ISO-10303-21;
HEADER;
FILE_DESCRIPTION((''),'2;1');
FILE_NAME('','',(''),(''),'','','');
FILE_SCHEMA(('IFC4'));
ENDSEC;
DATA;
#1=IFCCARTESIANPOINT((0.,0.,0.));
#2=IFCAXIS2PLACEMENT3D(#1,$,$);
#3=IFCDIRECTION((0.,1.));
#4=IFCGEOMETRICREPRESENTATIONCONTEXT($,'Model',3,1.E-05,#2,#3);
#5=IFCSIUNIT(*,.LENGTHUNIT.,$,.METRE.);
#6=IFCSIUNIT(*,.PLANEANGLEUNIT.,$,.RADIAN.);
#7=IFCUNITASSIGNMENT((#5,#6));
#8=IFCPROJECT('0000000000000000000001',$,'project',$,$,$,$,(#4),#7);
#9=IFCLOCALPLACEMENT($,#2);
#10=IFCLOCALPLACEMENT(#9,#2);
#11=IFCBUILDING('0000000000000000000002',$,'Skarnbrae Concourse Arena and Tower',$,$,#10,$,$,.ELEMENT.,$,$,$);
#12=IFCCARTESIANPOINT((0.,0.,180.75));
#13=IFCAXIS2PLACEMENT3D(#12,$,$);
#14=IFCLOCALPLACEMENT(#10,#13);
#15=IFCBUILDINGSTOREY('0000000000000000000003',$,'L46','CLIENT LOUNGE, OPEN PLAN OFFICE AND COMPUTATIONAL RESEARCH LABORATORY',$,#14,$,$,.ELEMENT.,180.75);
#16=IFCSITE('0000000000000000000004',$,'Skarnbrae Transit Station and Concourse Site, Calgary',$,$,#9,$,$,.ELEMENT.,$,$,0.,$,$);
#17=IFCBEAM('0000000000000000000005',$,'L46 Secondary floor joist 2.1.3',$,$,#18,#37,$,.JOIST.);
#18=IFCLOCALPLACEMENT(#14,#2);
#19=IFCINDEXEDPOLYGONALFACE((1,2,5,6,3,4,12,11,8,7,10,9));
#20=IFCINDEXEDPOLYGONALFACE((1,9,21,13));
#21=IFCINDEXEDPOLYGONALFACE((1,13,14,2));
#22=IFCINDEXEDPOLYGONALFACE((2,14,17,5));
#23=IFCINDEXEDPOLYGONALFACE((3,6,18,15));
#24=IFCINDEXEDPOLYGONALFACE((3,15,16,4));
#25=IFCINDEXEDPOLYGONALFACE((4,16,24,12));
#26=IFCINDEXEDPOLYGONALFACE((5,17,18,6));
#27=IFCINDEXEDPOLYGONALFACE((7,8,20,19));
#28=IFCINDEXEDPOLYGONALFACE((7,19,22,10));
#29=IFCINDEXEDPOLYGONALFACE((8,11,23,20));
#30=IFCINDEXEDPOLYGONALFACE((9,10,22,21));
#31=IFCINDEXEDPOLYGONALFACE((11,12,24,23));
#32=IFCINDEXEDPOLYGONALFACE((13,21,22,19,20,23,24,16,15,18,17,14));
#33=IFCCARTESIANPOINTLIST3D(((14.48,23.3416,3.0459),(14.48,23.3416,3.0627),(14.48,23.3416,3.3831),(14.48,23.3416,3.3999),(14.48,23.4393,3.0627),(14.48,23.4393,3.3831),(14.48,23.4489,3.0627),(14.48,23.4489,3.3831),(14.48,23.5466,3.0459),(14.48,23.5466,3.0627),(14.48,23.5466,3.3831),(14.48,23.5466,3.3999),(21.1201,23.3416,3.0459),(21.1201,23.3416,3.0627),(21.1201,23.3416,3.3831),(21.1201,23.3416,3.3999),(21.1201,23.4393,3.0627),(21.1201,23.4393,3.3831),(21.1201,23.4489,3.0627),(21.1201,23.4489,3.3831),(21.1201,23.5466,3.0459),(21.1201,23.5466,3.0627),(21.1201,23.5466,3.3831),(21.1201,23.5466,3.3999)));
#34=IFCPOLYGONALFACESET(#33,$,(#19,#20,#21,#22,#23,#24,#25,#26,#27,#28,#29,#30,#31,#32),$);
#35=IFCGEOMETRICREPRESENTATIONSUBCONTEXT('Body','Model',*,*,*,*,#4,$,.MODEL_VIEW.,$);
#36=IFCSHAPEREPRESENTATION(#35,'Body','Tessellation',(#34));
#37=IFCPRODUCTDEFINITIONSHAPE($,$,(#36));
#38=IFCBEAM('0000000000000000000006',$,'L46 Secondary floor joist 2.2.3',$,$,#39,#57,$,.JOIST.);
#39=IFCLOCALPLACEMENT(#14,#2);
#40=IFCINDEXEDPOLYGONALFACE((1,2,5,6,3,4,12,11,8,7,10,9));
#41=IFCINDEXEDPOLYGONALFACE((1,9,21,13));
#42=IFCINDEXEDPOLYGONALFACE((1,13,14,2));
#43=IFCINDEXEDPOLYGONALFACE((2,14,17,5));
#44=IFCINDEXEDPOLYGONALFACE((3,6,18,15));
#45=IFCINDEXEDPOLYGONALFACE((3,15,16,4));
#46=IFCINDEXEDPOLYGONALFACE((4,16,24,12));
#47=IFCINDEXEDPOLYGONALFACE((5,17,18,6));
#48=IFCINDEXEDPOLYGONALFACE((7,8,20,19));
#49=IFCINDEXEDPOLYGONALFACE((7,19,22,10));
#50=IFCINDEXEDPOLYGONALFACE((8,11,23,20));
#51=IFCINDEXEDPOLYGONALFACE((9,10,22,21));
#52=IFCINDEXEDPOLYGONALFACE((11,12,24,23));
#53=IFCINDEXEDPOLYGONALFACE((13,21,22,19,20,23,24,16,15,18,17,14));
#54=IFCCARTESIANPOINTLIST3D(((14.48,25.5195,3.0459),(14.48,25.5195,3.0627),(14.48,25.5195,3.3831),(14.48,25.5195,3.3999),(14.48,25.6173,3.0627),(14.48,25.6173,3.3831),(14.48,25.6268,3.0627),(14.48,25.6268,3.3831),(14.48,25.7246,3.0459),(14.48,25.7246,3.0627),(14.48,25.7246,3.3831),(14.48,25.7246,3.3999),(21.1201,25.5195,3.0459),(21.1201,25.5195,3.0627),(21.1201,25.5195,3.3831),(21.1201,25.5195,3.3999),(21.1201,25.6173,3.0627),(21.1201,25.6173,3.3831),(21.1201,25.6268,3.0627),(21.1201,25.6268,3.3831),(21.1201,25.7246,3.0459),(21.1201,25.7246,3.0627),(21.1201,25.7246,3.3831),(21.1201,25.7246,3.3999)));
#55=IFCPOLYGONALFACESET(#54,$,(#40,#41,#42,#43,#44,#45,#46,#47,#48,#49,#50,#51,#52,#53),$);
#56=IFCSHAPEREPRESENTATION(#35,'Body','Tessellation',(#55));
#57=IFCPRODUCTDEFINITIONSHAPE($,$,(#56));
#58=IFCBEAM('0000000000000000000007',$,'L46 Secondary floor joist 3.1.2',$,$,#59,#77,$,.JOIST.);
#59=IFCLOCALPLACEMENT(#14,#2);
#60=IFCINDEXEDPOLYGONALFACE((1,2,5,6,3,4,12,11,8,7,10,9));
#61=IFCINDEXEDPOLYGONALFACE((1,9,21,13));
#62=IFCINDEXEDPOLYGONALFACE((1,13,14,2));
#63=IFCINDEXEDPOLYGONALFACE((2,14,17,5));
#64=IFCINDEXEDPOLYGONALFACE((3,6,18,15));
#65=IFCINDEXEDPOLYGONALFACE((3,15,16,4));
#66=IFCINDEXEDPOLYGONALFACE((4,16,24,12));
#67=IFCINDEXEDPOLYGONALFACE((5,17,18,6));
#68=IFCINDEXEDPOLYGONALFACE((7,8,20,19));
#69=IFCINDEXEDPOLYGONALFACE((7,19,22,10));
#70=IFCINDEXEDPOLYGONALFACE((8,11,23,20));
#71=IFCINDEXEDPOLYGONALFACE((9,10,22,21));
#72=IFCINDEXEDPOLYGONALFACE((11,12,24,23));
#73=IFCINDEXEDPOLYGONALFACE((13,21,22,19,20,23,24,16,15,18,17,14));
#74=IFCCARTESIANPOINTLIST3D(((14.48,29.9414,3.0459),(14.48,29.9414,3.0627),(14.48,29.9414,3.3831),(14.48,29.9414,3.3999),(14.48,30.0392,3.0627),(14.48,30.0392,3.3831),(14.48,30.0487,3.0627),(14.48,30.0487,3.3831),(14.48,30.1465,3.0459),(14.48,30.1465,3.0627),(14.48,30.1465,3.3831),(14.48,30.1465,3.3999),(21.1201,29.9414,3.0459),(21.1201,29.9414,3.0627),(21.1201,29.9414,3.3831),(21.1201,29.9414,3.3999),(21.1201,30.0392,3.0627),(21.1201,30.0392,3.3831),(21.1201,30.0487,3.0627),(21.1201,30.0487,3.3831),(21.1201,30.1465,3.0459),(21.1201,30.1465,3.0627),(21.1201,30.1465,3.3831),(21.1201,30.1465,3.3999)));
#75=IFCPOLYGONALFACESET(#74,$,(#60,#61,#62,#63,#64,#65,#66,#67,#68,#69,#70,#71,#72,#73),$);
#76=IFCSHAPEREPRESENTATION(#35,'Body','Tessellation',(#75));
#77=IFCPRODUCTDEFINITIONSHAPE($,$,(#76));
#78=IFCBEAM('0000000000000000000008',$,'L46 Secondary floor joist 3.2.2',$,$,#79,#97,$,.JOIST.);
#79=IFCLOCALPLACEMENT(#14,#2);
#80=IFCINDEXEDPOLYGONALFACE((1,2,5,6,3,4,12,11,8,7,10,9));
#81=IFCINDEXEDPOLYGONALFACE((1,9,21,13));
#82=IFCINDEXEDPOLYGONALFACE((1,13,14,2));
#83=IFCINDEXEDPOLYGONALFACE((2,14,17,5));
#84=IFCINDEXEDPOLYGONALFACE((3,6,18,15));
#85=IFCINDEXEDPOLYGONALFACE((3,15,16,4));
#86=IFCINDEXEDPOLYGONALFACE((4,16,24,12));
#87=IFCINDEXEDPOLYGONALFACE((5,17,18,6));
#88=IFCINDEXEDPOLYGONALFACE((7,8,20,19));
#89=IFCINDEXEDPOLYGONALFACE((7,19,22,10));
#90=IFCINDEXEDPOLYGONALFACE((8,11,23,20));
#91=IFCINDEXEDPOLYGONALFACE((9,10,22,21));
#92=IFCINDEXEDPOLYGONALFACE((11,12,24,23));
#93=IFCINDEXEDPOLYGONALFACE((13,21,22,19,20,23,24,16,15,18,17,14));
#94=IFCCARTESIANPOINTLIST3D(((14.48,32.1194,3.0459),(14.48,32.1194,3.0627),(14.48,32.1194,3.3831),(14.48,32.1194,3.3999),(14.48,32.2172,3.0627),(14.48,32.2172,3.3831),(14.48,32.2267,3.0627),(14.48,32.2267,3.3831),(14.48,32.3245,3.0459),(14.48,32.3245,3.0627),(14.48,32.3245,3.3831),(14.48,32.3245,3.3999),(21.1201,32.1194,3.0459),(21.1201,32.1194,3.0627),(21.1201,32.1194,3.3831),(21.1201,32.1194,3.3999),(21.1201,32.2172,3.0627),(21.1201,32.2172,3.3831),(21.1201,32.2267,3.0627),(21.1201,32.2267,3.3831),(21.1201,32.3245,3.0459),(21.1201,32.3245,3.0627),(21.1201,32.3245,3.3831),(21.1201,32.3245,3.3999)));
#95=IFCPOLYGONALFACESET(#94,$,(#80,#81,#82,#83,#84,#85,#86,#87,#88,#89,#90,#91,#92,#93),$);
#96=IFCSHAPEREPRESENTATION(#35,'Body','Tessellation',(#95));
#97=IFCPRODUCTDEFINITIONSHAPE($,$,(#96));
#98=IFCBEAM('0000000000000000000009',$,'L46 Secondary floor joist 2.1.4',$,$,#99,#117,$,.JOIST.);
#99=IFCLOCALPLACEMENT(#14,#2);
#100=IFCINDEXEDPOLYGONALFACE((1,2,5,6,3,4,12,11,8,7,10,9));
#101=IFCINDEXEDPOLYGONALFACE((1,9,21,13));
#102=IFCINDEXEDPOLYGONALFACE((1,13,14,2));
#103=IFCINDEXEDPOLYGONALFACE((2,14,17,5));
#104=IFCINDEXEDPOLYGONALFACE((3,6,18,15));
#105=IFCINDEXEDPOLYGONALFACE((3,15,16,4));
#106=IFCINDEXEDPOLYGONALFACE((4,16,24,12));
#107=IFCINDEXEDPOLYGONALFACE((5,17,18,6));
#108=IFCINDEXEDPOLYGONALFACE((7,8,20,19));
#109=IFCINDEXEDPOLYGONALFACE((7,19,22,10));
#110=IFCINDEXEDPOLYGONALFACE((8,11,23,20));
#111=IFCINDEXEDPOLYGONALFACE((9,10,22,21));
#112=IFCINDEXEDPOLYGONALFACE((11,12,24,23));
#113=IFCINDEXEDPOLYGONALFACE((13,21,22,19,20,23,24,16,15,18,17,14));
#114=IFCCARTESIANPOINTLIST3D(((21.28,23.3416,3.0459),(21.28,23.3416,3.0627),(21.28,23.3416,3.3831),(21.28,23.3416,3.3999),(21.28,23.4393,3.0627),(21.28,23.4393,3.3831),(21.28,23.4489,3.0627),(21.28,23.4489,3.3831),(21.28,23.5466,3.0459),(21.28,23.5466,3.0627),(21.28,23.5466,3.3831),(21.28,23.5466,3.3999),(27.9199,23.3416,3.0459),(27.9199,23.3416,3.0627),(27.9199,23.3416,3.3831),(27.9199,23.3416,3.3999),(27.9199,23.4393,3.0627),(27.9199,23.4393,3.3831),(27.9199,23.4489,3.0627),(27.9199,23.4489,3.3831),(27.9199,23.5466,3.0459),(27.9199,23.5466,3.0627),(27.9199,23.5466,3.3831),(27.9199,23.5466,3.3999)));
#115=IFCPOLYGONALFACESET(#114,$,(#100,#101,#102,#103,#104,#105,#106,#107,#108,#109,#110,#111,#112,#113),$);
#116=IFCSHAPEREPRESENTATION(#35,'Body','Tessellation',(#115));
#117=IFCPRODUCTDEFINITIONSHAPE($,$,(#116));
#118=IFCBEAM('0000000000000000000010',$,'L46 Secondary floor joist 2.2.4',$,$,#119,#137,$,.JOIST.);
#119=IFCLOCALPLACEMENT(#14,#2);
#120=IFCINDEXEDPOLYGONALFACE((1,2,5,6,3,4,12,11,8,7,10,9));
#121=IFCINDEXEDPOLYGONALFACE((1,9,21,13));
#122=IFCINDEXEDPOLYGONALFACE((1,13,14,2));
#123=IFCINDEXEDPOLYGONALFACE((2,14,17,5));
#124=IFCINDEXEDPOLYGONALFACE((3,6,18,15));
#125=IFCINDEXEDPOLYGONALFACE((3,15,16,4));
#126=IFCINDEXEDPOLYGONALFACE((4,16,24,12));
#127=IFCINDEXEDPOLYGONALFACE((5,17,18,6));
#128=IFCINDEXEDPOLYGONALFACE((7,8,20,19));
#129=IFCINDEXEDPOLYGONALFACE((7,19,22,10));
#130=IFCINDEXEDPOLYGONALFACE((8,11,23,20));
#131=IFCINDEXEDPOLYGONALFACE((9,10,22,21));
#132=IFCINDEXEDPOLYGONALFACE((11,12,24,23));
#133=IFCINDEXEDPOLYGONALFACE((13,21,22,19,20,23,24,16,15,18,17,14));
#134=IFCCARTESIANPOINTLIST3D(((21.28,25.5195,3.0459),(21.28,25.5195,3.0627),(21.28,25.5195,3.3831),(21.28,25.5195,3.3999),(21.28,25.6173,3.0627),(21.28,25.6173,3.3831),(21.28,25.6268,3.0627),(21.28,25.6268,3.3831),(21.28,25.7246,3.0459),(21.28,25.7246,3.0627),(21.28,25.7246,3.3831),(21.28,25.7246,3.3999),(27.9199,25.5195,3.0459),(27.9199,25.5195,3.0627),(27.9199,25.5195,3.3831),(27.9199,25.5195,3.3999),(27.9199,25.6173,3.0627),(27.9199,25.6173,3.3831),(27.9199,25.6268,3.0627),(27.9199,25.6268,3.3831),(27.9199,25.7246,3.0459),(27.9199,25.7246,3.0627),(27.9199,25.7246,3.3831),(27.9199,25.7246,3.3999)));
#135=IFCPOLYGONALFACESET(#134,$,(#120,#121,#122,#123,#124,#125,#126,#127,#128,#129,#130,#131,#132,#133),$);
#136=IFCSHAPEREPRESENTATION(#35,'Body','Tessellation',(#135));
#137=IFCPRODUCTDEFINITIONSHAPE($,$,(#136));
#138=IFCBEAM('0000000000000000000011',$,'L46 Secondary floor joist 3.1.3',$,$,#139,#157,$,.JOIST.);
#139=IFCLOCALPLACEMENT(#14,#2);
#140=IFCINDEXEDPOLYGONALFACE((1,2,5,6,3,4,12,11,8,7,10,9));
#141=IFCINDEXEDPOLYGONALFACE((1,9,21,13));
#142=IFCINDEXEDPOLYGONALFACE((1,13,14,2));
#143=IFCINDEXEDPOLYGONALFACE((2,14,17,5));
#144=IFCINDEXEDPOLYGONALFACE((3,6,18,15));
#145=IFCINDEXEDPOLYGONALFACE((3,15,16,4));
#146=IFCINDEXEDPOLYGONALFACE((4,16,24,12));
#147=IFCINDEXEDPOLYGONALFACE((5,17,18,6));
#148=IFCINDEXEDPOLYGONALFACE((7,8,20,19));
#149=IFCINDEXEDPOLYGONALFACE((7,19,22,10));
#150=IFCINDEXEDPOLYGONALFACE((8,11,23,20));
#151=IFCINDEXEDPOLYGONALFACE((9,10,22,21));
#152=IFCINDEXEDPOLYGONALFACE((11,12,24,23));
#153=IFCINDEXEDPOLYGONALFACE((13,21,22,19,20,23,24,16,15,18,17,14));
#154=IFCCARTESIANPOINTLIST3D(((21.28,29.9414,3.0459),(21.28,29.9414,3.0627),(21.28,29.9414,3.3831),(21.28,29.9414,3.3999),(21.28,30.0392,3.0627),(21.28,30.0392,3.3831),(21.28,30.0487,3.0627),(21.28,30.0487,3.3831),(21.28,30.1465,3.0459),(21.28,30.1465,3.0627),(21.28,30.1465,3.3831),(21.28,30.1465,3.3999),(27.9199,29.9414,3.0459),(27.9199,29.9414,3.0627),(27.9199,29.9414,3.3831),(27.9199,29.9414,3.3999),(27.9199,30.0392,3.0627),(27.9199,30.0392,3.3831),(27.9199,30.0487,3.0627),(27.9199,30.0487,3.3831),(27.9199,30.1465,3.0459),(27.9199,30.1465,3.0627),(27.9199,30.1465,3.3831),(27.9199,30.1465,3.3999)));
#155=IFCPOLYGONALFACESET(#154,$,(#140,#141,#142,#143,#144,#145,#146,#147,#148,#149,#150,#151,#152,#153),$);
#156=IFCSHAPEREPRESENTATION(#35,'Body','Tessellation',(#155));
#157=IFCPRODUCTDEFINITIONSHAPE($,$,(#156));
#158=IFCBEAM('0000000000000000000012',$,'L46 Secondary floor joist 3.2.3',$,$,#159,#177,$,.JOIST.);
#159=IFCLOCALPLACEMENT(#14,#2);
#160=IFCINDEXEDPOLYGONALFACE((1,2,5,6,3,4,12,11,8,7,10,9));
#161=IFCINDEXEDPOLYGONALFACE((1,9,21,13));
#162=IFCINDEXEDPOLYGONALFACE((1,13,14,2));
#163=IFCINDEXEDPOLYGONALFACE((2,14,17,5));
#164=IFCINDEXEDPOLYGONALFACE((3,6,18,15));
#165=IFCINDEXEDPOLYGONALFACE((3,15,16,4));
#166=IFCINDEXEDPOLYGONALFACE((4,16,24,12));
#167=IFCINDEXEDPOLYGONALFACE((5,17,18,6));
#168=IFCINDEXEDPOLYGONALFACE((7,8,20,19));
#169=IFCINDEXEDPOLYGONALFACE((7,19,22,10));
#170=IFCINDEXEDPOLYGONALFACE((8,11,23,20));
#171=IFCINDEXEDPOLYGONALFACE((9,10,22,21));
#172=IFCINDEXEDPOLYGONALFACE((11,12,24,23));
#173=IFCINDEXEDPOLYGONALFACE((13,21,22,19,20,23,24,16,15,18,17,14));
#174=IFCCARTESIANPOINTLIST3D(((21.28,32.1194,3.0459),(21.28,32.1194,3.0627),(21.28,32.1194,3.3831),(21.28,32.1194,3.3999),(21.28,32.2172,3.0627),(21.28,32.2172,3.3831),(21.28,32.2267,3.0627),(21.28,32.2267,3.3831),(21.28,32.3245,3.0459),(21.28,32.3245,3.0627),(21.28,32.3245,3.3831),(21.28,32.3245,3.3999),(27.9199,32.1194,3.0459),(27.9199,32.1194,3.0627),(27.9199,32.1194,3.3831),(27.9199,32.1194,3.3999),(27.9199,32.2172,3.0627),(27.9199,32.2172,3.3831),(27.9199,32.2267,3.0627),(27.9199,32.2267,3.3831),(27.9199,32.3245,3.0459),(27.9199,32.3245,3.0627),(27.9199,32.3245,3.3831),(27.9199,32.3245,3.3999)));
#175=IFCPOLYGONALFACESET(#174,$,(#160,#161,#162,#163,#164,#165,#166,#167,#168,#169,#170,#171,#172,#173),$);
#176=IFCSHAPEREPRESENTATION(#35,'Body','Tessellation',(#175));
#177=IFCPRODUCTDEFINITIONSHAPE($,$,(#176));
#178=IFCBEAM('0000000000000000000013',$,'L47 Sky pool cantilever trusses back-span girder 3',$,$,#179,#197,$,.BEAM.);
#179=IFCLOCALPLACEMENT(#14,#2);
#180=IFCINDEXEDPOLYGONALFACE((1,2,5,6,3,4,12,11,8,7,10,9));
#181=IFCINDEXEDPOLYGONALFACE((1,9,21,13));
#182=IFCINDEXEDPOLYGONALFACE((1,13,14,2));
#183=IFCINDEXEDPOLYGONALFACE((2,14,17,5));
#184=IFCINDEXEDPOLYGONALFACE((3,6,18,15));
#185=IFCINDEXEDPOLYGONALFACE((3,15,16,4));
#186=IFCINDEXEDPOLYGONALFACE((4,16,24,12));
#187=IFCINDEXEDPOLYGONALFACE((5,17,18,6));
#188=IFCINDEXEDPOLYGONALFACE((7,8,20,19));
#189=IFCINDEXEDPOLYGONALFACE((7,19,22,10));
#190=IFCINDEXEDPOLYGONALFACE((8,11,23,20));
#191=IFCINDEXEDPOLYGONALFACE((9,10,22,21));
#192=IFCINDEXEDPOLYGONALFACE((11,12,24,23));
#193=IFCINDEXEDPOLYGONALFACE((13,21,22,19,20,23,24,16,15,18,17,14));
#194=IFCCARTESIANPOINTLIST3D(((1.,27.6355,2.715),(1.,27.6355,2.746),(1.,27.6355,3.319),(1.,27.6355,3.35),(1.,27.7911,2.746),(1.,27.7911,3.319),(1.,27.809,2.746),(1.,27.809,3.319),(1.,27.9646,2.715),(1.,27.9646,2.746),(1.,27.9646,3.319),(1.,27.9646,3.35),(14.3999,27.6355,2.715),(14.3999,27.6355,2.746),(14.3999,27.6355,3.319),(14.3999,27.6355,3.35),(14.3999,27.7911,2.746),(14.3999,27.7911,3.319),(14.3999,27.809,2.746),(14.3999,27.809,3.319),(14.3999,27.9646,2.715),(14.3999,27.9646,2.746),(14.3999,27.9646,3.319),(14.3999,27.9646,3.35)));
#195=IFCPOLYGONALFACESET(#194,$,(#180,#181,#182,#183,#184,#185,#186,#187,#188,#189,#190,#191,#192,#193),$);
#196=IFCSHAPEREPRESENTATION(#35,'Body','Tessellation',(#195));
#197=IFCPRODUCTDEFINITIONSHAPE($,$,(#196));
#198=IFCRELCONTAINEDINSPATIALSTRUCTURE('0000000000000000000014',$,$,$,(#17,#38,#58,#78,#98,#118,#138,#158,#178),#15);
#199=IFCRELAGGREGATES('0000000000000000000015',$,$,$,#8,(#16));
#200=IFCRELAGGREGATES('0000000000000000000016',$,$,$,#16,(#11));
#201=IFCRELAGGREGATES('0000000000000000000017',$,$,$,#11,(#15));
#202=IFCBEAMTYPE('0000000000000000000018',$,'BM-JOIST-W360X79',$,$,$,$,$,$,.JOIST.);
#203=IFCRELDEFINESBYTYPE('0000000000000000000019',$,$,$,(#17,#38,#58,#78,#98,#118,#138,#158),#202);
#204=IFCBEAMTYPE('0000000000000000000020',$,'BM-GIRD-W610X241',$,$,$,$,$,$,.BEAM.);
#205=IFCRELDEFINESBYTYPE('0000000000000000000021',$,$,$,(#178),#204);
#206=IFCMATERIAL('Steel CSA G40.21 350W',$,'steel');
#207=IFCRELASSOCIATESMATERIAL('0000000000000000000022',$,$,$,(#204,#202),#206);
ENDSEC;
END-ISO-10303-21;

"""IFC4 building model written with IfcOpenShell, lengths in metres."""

from ifc_helpers import new_model, si_unit, direction, frame, origin, origin_2d, place, context, subcontext, project, spatial, i_section, extrude, source, transform, mapped, material, material_profile, profile_set, type_object, element, save


model = new_model("IFC4")

# Units and contexts
model_context = context("Model", 3, precision=1e-05, world=origin(), true_north=direction((0.0, 1.0)))
body_context = subcontext(model_context, "Body", "Model", "MODEL_VIEW")
ifc_project = project(units=[si_unit("LENGTHUNIT", "METRE"), si_unit("PLANEANGLEUNIT", "RADIAN")], contexts=[model_context])

# Site, building, storey
site_placement = place(None, origin())
site = spatial("IfcSite", under=ifc_project, at=site_placement, Name="Skarnbrae Transit Station and Concourse Site, Calgary", CompositionType="ELEMENT", RefElevation=0.0)
building_placement = place(site_placement, origin())
building = spatial("IfcBuilding", under=site, at=building_placement, Name="Skarnbrae Concourse Arena and Tower", CompositionType="ELEMENT")
storey_placement = place(building_placement, frame((0.0, 0.0, 180.75)))
storey = spatial("IfcBuildingStorey", under=building, at=storey_placement, Name="L46", Description="CLIENT LOUNGE, OPEN PLAN OFFICE AND COMPUTATIONAL RESEARCH LABORATORY", CompositionType="ELEMENT", Elevation=180.75)

# Shared definitions
ifc_material = material(Name="Steel CSA G40.21 350W", Category="steel")

# Beams
ifc_material_profile_1 = material_profile(ifc_material, i_section(OverallWidth=0.3291, OverallDepth=0.635, WebThickness=0.0178, FlangeThickness=0.031, at=origin_2d()), Name="W610X241")
ifc_profile_set_1 = profile_set([ifc_material_profile_1], Name="Steel CSA G40.21 350W")
beam_type_1 = type_object("IfcBeamType", Name="BM-GIRD-W610X241", PredefinedType="BEAM", material=ifc_profile_set_1)
ifc_material_profile_2 = material_profile(ifc_material, i_section(OverallWidth=0.2051, OverallDepth=0.354, WebThickness=0.0095, FlangeThickness=0.0168, at=origin_2d()), Name="W360X79")
ifc_profile_set_2 = profile_set([ifc_material_profile_2], Name="Steel CSA G40.21 350W")
beam_type_2 = type_object("IfcBeamType", Name="BM-JOIST-W360X79", PredefinedType="JOIST", material=ifc_profile_set_2)
shared_shape_1 = source(origin(), body_context, "Body", "SweptSolid", [
    extrude(i_section(OverallWidth=0.2051, OverallDepth=0.354, WebThickness=0.0095, FlangeThickness=0.0168, at=origin_2d()), origin(), (0.0, 0.0, 1.0), 6.6401),
])
for number, where, z_axis, x_axis, name in (
    (1, (14.48, 23.4441, 3.2229), (1.0, 0.0, 0.0), (0.0, 1.0, 0.0), "L46 Secondary floor joist 2.1.3"),
    (2, (14.48, 25.6221, 3.2229), (1.0, 0.0, 0.0), (0.0, 1.0, 0.0), "L46 Secondary floor joist 2.2.3"),
    (3, (14.48, 30.0439, 3.2229), (1.0, 0.0, 0.0), (0.0, 1.0, 0.0), "L46 Secondary floor joist 3.1.2"),
    (4, (14.48, 32.2219, 3.2229), (1.0, 0.0, 0.0), (0.0, 1.0, 0.0), "L46 Secondary floor joist 3.2.2"),
):
    element("IfcBeam", number, at=place(storey_placement, frame(where, z_axis=z_axis, x_axis=x_axis)), inside=storey, type_object=beam_type_2, Name=name, PredefinedType="JOIST", context=body_context, shape_type="MappedRepresentation", body=[
        mapped(shared_shape_1, transform((0.0, 0.0, 0.0))),
    ])
shared_shape_2 = source(origin(), body_context, "Body", "SweptSolid", [
    extrude(i_section(OverallWidth=0.2051, OverallDepth=0.354, WebThickness=0.0095, FlangeThickness=0.0168, at=origin_2d()), origin(), (0.0, 0.0, 1.0), 6.6399),
])
for number, where, z_axis, x_axis, name in (
    (5, (21.28, 23.4441, 3.2229), (1.0, 0.0, 0.0), (0.0, 1.0, 0.0), "L46 Secondary floor joist 2.1.4"),
    (6, (21.28, 25.6221, 3.2229), (1.0, 0.0, 0.0), (0.0, 1.0, 0.0), "L46 Secondary floor joist 2.2.4"),
    (7, (21.28, 30.0439, 3.2229), (1.0, 0.0, 0.0), (0.0, 1.0, 0.0), "L46 Secondary floor joist 3.1.3"),
    (8, (21.28, 32.2219, 3.2229), (1.0, 0.0, 0.0), (0.0, 1.0, 0.0), "L46 Secondary floor joist 3.2.3"),
):
    element("IfcBeam", number, at=place(storey_placement, frame(where, z_axis=z_axis, x_axis=x_axis)), inside=storey, type_object=beam_type_2, Name=name, PredefinedType="JOIST", context=body_context, shape_type="MappedRepresentation", body=[
        mapped(shared_shape_2, transform((0.0, 0.0, 0.0))),
    ])
shared_shape_3 = source(origin(), body_context, "Body", "SweptSolid", [
    extrude(i_section(OverallWidth=0.3291, OverallDepth=0.635, WebThickness=0.0178, FlangeThickness=0.031, at=origin_2d()), origin(), (0.0, 0.0, 1.0), 13.3999),
])
beam_1_placement = place(storey_placement, frame((14.3999, 27.8, 3.0325), z_axis=(-1.0, 0.0, 0.0), x_axis=(0.0, -1.0, 0.0)))
element("IfcBeam", 9, at=beam_1_placement, inside=storey, type_object=beam_type_1, Name="L47 Sky pool cantilever trusses back-span girder 3", PredefinedType="BEAM", context=body_context, shape_type="MappedRepresentation", body=[
    mapped(shared_shape_3, transform((0.0, 0.0, 0.0))),
])

save(model, "model.ifc")
